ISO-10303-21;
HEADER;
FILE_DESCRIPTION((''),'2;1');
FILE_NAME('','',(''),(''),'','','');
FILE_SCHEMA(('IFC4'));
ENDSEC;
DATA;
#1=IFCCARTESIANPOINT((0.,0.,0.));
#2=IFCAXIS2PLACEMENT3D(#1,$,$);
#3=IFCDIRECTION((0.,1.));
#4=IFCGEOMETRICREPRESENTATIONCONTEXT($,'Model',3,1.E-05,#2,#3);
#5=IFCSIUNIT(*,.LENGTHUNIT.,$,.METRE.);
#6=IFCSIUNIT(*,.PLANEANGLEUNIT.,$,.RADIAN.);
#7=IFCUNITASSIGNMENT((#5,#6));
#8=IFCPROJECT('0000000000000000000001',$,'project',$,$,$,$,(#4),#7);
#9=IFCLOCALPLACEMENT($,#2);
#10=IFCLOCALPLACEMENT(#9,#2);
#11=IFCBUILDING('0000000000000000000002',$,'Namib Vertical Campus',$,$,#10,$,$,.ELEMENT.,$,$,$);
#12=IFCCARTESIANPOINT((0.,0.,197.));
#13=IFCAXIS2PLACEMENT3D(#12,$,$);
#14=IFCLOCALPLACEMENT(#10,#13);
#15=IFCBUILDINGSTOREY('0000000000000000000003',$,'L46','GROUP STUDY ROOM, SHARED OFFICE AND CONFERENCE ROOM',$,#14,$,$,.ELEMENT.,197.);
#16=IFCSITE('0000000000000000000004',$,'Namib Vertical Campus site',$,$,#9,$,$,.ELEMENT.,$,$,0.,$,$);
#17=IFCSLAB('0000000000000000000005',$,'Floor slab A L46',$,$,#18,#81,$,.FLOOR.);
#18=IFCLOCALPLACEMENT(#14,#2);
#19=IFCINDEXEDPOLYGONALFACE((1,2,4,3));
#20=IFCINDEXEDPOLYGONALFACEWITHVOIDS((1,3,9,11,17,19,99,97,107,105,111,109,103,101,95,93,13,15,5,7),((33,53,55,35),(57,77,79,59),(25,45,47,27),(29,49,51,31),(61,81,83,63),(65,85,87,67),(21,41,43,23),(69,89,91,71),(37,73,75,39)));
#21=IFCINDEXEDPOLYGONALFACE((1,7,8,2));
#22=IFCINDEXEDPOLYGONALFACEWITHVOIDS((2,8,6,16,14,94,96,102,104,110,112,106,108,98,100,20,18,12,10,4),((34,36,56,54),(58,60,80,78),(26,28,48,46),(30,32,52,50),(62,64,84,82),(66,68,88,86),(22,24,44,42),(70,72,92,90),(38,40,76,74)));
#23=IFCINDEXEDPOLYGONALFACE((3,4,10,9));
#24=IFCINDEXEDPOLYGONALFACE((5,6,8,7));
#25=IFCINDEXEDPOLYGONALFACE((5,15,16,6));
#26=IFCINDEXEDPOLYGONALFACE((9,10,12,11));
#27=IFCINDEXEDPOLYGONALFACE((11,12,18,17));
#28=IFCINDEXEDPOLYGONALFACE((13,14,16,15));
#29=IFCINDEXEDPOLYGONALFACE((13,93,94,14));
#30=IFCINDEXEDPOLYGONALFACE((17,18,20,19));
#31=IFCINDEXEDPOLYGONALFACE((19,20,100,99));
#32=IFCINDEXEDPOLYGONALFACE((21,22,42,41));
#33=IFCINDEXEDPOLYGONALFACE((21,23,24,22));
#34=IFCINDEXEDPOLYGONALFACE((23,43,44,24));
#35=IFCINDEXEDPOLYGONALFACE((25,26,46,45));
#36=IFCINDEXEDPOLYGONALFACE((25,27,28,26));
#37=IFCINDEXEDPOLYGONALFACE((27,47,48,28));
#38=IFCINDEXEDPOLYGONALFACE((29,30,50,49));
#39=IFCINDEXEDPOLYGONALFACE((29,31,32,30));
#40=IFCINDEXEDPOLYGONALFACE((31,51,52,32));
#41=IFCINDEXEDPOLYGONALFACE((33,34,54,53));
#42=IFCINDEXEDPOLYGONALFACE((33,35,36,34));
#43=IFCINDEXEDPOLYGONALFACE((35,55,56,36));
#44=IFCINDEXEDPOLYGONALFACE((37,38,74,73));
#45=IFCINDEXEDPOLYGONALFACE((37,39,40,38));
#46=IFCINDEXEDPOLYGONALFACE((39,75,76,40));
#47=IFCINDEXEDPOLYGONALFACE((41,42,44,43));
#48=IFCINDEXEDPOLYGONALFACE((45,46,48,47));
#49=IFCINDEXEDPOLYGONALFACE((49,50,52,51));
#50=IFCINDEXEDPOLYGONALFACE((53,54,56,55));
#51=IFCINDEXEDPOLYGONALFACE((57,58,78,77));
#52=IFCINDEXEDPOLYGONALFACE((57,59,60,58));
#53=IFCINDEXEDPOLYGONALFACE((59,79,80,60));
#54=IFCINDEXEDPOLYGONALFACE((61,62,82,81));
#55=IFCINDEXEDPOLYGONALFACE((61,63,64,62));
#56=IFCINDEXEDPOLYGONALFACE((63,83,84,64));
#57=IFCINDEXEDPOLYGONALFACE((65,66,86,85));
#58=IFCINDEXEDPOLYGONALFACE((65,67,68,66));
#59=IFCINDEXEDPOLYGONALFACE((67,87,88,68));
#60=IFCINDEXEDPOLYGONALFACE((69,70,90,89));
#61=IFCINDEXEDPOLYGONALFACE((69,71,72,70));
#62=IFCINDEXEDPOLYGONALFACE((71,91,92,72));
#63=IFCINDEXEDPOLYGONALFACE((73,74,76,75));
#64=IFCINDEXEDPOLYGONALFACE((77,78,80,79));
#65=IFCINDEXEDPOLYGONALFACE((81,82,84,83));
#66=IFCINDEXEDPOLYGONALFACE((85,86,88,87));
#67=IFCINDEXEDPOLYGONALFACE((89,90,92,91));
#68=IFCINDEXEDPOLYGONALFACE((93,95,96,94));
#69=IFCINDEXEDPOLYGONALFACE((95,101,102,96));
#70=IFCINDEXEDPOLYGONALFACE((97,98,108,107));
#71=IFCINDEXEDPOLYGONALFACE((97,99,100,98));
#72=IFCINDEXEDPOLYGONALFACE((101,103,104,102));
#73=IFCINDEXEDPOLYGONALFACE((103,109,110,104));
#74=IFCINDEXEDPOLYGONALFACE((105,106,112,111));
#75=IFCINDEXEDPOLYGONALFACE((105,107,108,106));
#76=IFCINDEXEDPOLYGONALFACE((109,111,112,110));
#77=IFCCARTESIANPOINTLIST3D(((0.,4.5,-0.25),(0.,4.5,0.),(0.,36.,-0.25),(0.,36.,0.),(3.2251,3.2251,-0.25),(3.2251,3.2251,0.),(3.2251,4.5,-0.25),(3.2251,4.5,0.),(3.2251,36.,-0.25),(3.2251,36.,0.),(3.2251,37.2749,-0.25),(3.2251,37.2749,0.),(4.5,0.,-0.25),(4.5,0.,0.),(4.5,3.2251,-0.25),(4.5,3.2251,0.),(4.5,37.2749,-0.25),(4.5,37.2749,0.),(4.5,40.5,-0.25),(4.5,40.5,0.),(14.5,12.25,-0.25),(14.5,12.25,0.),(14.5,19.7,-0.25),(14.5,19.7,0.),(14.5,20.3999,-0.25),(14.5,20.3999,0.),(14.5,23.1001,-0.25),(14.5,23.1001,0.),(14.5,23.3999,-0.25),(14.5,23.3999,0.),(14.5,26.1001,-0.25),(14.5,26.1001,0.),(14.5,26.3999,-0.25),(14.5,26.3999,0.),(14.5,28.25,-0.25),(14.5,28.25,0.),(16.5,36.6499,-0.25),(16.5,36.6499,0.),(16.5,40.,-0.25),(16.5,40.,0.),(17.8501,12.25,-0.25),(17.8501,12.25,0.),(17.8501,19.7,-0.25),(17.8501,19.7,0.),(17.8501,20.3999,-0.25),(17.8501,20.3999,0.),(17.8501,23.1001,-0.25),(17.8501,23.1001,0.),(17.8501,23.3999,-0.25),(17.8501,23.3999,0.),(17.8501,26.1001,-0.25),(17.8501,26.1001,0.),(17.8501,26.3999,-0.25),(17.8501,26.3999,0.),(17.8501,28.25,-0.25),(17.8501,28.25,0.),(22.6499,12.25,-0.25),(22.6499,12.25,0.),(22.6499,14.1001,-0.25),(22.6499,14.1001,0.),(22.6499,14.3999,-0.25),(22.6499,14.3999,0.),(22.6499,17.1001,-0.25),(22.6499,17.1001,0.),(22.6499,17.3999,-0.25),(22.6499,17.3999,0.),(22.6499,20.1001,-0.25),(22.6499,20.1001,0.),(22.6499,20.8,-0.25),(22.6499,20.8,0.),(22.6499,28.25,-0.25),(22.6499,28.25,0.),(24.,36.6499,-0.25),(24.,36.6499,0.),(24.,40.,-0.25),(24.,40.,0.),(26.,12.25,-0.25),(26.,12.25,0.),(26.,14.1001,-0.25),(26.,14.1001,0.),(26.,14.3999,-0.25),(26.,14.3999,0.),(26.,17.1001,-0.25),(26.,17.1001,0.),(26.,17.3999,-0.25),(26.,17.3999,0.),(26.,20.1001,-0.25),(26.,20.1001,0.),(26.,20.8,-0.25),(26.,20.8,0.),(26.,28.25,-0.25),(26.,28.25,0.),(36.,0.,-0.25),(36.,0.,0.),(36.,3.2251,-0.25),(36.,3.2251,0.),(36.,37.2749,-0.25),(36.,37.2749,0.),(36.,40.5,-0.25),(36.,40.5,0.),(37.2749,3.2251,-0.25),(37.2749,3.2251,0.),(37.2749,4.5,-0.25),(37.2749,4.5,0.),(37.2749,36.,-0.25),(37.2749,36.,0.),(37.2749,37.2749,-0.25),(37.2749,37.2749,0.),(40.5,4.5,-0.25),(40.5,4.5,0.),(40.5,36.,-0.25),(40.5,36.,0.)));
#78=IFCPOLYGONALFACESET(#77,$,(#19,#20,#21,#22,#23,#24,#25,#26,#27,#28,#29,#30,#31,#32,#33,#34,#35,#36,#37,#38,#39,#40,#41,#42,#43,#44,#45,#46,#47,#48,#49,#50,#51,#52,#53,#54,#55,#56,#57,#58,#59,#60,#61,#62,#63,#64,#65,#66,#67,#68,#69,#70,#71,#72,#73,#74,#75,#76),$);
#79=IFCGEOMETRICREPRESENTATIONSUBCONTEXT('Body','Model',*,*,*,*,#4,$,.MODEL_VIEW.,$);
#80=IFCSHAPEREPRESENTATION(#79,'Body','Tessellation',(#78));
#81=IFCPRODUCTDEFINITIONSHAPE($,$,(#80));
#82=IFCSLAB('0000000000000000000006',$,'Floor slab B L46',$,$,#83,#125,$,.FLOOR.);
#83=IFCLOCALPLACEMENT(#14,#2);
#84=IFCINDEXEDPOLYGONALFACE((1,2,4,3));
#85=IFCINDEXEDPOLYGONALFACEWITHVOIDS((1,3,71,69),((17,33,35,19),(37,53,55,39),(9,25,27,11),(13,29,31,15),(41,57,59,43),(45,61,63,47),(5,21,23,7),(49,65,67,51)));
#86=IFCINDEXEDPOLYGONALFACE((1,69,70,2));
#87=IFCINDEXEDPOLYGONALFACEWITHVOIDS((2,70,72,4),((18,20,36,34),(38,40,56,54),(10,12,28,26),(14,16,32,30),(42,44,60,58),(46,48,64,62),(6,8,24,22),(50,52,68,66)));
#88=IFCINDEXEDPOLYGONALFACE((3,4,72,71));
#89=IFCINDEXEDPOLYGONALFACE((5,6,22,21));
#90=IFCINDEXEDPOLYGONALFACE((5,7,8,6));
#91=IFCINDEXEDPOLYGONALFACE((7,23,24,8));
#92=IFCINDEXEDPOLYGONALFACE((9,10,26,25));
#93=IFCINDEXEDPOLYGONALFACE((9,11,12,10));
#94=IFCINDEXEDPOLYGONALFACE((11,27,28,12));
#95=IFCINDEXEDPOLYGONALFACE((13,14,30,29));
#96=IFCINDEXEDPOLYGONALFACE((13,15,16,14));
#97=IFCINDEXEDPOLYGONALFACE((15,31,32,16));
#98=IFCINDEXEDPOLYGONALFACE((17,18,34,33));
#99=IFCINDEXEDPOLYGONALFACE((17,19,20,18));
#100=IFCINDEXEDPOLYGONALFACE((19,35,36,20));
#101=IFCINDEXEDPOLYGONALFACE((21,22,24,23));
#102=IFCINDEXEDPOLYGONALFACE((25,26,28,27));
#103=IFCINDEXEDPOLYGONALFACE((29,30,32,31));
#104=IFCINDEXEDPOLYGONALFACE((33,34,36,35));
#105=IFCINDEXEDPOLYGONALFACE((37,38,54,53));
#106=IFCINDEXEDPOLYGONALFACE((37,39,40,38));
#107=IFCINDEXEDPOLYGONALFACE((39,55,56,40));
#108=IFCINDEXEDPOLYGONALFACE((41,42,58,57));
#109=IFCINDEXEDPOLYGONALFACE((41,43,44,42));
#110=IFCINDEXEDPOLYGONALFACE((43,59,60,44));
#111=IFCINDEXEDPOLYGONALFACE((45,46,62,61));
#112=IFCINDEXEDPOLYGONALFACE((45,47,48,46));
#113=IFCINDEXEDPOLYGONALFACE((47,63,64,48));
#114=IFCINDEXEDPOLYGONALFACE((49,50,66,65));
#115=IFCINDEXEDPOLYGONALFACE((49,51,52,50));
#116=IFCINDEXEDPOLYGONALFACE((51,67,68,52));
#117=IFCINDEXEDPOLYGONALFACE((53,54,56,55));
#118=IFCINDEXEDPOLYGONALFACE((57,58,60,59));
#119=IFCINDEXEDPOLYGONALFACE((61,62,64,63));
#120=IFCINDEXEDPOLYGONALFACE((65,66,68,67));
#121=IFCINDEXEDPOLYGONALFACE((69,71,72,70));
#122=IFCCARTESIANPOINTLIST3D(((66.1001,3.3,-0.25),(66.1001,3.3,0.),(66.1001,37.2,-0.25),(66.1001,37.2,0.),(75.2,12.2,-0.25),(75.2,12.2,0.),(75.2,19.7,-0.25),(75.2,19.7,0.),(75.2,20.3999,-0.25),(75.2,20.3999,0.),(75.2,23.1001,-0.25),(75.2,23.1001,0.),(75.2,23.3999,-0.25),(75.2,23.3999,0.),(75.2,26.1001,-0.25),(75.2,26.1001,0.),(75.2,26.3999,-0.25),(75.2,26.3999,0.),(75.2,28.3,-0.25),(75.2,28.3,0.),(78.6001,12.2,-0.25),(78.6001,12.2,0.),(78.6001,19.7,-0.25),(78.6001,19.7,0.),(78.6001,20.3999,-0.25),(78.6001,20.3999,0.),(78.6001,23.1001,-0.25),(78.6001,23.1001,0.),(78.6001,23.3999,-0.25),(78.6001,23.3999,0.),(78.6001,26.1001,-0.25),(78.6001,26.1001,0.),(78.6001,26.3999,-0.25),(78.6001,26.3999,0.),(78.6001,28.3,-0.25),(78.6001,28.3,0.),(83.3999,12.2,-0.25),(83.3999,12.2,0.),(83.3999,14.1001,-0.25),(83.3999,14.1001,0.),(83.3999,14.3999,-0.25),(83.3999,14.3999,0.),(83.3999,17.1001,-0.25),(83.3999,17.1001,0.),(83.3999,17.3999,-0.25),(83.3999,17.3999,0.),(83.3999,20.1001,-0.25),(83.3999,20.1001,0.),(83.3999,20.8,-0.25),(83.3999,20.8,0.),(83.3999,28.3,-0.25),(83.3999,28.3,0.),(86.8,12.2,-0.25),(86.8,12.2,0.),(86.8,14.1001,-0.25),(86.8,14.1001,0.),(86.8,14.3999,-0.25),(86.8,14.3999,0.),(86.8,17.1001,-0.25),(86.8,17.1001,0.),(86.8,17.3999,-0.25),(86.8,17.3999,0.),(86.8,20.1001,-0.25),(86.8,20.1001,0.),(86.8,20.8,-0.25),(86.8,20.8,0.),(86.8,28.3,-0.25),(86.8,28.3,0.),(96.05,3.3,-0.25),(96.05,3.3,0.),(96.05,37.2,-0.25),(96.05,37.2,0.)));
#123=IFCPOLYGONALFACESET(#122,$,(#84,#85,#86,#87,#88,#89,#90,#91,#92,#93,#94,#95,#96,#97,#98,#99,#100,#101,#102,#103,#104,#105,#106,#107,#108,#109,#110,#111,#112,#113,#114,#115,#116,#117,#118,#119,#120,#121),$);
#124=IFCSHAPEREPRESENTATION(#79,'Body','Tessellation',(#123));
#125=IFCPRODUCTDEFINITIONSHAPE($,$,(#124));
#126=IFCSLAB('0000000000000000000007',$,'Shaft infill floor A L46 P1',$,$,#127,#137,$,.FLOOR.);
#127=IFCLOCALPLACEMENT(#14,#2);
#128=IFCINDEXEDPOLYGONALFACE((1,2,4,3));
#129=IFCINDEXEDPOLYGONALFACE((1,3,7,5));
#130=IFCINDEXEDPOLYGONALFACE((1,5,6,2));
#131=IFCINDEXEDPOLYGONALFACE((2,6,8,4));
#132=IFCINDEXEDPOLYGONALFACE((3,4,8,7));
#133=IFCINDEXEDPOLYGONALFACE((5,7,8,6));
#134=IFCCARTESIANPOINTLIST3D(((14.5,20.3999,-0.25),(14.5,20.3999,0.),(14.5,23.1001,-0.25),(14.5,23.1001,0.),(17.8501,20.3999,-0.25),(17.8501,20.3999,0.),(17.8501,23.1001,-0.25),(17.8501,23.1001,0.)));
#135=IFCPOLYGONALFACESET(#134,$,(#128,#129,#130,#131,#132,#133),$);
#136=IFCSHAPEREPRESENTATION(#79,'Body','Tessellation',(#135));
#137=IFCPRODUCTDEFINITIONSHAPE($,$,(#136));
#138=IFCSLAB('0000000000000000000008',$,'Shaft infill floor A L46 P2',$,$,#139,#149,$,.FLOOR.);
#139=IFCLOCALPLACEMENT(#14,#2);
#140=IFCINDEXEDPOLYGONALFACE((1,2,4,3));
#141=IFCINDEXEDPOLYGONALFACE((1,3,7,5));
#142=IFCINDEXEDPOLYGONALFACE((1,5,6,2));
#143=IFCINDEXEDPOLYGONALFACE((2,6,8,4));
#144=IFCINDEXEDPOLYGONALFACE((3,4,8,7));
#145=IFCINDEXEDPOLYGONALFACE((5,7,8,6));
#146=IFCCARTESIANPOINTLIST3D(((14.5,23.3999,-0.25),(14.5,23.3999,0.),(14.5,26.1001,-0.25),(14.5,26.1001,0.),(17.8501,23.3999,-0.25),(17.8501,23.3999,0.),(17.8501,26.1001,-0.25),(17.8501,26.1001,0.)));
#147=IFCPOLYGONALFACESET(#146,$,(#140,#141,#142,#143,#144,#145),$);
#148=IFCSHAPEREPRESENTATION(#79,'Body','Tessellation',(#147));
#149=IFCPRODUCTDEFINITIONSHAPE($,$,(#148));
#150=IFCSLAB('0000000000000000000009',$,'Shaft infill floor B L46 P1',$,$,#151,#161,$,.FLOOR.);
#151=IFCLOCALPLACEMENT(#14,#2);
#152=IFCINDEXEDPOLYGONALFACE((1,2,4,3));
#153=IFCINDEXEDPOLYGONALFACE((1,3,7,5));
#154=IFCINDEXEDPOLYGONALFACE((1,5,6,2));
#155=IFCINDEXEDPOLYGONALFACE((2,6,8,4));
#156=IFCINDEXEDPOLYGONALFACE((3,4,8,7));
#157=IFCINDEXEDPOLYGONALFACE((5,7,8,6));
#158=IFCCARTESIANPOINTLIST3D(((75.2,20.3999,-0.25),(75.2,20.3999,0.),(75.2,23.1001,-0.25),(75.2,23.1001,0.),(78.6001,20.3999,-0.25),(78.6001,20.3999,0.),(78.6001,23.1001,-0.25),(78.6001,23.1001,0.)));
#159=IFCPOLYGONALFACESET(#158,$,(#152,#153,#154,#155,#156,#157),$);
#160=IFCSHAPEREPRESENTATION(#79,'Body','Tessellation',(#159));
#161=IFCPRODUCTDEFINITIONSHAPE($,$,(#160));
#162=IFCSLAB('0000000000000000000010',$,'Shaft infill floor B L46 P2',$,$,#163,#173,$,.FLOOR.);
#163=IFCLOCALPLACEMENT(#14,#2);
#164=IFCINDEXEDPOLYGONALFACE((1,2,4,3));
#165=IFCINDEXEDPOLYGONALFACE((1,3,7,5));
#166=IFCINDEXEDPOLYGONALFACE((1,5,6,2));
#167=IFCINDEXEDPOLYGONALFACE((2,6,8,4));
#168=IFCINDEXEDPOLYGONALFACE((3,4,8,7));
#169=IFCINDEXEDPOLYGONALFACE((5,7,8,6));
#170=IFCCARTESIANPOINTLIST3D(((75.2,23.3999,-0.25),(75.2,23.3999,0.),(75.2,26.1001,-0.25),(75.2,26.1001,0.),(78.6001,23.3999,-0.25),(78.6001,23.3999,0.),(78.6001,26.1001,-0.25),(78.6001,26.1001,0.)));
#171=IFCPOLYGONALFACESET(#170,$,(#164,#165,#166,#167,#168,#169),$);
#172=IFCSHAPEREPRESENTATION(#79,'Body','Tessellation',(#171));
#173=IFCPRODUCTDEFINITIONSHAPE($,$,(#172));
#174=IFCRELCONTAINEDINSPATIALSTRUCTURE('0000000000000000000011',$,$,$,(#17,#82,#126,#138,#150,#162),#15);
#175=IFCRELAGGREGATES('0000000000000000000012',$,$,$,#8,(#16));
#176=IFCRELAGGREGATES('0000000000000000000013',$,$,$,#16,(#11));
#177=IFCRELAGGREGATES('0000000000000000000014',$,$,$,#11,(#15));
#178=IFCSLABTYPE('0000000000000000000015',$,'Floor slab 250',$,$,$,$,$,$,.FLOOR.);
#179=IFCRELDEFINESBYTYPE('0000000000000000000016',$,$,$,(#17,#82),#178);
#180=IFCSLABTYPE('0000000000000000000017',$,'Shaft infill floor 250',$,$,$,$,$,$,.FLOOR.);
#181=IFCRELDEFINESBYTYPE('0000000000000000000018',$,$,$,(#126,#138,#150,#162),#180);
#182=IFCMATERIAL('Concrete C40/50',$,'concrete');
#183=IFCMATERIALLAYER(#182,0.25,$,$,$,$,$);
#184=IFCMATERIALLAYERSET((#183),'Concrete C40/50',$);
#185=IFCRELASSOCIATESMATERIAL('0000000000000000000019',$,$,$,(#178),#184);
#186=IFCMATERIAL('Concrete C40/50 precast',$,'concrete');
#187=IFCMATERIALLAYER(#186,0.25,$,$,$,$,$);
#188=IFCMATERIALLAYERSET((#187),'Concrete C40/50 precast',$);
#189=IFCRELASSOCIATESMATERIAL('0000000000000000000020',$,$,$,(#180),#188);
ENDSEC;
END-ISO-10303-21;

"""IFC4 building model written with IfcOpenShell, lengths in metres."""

from ifc_helpers import new_model, si_unit, direction, frame, origin, place, context, subcontext, project, spatial, polyline, outline, extrude, material, layer, layer_set, type_object, element, save


model = new_model("IFC4")

# Units and contexts
model_context = context("Model", 3, precision=1e-05, world=origin(), true_north=direction((0.0, 1.0)))
body_context = subcontext(model_context, "Body", "Model", "MODEL_VIEW")
ifc_project = project(units=[si_unit("LENGTHUNIT", "METRE"), si_unit("PLANEANGLEUNIT", "RADIAN")], contexts=[model_context])

# Site, building, storey
site_placement = place(None, origin())
site = spatial("IfcSite", under=ifc_project, at=site_placement, Name="Namib Vertical Campus site", CompositionType="ELEMENT", RefElevation=0.0)
building_placement = place(site_placement, origin())
building = spatial("IfcBuilding", under=site, at=building_placement, Name="Namib Vertical Campus", CompositionType="ELEMENT")
storey_placement = place(building_placement, frame((0.0, 0.0, 197.0)))
storey = spatial("IfcBuildingStorey", under=building, at=storey_placement, Name="L46", Description="GROUP STUDY ROOM, SHARED OFFICE AND CONFERENCE ROOM", CompositionType="ELEMENT", Elevation=197.0)

# Slabs
ifc_material_1 = material(Name="Concrete C40/50", Category="concrete")
ifc_layer_1 = layer(ifc_material_1, 0.25)
ifc_layer_set_1 = layer_set([ifc_layer_1], Name="Concrete C40/50")
slab_type_1 = type_object("IfcSlabType", Name="Floor slab 250", PredefinedType="FLOOR", material=ifc_layer_set_1)
slab_1_placement = place(storey_placement, frame((0.0, 0.0, -0.25)))
element("IfcSlab", 1, at=slab_1_placement, inside=storey, type_object=slab_type_1, Name="Floor slab A L46", PredefinedType="FLOOR", context=body_context, shape_type="SweptSolid", body=[
    extrude(outline(polyline([(4.5, 0.0), (36.0, 0.0), (36.0, 3.2251), (37.2749, 3.2251), (37.2749, 4.5), (40.5, 4.5), (40.5, 36.0), (37.2749, 36.0), (37.2749, 37.2749), (36.0, 37.2749), (36.0, 40.5), (4.5, 40.5), (4.5, 37.2749), (3.2251, 37.2749), (3.2251, 36.0), (0.0, 36.0), (0.0, 4.5), (3.2251, 4.5), (3.2251, 3.2251), (4.5, 3.2251), (4.5, 0.0)]), holes=[polyline([(14.5, 12.25), (17.8501, 12.25), (17.8501, 19.7), (14.5, 19.7), (14.5, 12.25)]), polyline([(22.6499, 20.8), (26.0, 20.8), (26.0, 28.25), (22.6499, 28.25), (22.6499, 20.8)]), polyline([(22.6499, 12.25), (26.0, 12.25), (26.0, 14.1001), (22.6499, 14.1001), (22.6499, 12.25)]), polyline([(14.5, 20.3999), (17.8501, 20.3999), (17.8501, 23.1001), (14.5, 23.1001), (14.5, 20.3999)]), polyline([(14.5, 23.3999), (17.8501, 23.3999), (17.8501, 26.1001), (14.5, 26.1001), (14.5, 23.3999)]), polyline([(14.5, 26.3999), (17.8501, 26.3999), (17.8501, 28.25), (14.5, 28.25), (14.5, 26.3999)]), polyline([(22.6499, 14.3999), (26.0, 14.3999), (26.0, 17.1001), (22.6499, 17.1001), (22.6499, 14.3999)]), polyline([(22.6499, 17.3999), (26.0, 17.3999), (26.0, 20.1001), (22.6499, 20.1001), (22.6499, 17.3999)]), polyline([(16.5, 36.6499), (24.0, 36.6499), (24.0, 40.0), (16.5, 40.0), (16.5, 36.6499)])]), origin(), (0.0, 0.0, 1.0), 0.25),
])
slab_2_placement = place(storey_placement, frame((0.0, 0.0, -0.25)))
element("IfcSlab", 2, at=slab_2_placement, inside=storey, type_object=slab_type_1, Name="Floor slab B L46", PredefinedType="FLOOR", context=body_context, shape_type="SweptSolid", body=[
    extrude(outline(polyline([(66.1001, 3.3), (96.05, 3.3), (96.05, 37.2), (66.1001, 37.2), (66.1001, 3.3)]), holes=[polyline([(75.2, 12.2), (78.6001, 12.2), (78.6001, 19.7), (75.2, 19.7), (75.2, 12.2)]), polyline([(83.3999, 20.8), (86.8, 20.8), (86.8, 28.3), (83.3999, 28.3), (83.3999, 20.8)]), polyline([(83.3999, 12.2), (86.8, 12.2), (86.8, 14.1001), (83.3999, 14.1001), (83.3999, 12.2)]), polyline([(75.2, 20.3999), (78.6001, 20.3999), (78.6001, 23.1001), (75.2, 23.1001), (75.2, 20.3999)]), polyline([(75.2, 23.3999), (78.6001, 23.3999), (78.6001, 26.1001), (75.2, 26.1001), (75.2, 23.3999)]), polyline([(75.2, 26.3999), (78.6001, 26.3999), (78.6001, 28.3), (75.2, 28.3), (75.2, 26.3999)]), polyline([(83.3999, 14.3999), (86.8, 14.3999), (86.8, 17.1001), (83.3999, 17.1001), (83.3999, 14.3999)]), polyline([(83.3999, 17.3999), (86.8, 17.3999), (86.8, 20.1001), (83.3999, 20.1001), (83.3999, 17.3999)])]), origin(), (0.0, 0.0, 1.0), 0.25),
])
ifc_material_2 = material(Name="Concrete C40/50 precast", Category="concrete")
ifc_layer_2 = layer(ifc_material_2, 0.25)
ifc_layer_set_2 = layer_set([ifc_layer_2], Name="Concrete C40/50 precast")
slab_type_2 = type_object("IfcSlabType", Name="Shaft infill floor 250", PredefinedType="FLOOR", material=ifc_layer_set_2)
slab_3_placement = place(storey_placement, frame((0.0, 0.0, -0.25)))
element("IfcSlab", 3, at=slab_3_placement, inside=storey, type_object=slab_type_2, Name="Shaft infill floor A L46 P1", PredefinedType="FLOOR", context=body_context, shape_type="SweptSolid", body=[
    extrude(outline(polyline([(14.5, 20.3999), (17.8501, 20.3999), (17.8501, 23.1001), (14.5, 23.1001), (14.5, 20.3999)])), origin(), (0.0, 0.0, 1.0), 0.25),
])
slab_4_placement = place(storey_placement, frame((0.0, 0.0, -0.25)))
element("IfcSlab", 4, at=slab_4_placement, inside=storey, type_object=slab_type_2, Name="Shaft infill floor A L46 P2", PredefinedType="FLOOR", context=body_context, shape_type="SweptSolid", body=[
    extrude(outline(polyline([(14.5, 23.3999), (17.8501, 23.3999), (17.8501, 26.1001), (14.5, 26.1001), (14.5, 23.3999)])), origin(), (0.0, 0.0, 1.0), 0.25),
])
slab_5_placement = place(storey_placement, frame((0.0, 0.0, -0.25)))
element("IfcSlab", 5, at=slab_5_placement, inside=storey, type_object=slab_type_2, Name="Shaft infill floor B L46 P1", PredefinedType="FLOOR", context=body_context, shape_type="SweptSolid", body=[
    extrude(outline(polyline([(75.2, 20.3999), (78.6001, 20.3999), (78.6001, 23.1001), (75.2, 23.1001), (75.2, 20.3999)])), origin(), (0.0, 0.0, 1.0), 0.25),
])
slab_6_placement = place(storey_placement, frame((0.0, 0.0, -0.25)))
element("IfcSlab", 6, at=slab_6_placement, inside=storey, type_object=slab_type_2, Name="Shaft infill floor B L46 P2", PredefinedType="FLOOR", context=body_context, shape_type="SweptSolid", body=[
    extrude(outline(polyline([(75.2, 23.3999), (78.6001, 23.3999), (78.6001, 26.1001), (75.2, 26.1001), (75.2, 23.3999)])), origin(), (0.0, 0.0, 1.0), 0.25),
])

save(model, "model.ifc")
